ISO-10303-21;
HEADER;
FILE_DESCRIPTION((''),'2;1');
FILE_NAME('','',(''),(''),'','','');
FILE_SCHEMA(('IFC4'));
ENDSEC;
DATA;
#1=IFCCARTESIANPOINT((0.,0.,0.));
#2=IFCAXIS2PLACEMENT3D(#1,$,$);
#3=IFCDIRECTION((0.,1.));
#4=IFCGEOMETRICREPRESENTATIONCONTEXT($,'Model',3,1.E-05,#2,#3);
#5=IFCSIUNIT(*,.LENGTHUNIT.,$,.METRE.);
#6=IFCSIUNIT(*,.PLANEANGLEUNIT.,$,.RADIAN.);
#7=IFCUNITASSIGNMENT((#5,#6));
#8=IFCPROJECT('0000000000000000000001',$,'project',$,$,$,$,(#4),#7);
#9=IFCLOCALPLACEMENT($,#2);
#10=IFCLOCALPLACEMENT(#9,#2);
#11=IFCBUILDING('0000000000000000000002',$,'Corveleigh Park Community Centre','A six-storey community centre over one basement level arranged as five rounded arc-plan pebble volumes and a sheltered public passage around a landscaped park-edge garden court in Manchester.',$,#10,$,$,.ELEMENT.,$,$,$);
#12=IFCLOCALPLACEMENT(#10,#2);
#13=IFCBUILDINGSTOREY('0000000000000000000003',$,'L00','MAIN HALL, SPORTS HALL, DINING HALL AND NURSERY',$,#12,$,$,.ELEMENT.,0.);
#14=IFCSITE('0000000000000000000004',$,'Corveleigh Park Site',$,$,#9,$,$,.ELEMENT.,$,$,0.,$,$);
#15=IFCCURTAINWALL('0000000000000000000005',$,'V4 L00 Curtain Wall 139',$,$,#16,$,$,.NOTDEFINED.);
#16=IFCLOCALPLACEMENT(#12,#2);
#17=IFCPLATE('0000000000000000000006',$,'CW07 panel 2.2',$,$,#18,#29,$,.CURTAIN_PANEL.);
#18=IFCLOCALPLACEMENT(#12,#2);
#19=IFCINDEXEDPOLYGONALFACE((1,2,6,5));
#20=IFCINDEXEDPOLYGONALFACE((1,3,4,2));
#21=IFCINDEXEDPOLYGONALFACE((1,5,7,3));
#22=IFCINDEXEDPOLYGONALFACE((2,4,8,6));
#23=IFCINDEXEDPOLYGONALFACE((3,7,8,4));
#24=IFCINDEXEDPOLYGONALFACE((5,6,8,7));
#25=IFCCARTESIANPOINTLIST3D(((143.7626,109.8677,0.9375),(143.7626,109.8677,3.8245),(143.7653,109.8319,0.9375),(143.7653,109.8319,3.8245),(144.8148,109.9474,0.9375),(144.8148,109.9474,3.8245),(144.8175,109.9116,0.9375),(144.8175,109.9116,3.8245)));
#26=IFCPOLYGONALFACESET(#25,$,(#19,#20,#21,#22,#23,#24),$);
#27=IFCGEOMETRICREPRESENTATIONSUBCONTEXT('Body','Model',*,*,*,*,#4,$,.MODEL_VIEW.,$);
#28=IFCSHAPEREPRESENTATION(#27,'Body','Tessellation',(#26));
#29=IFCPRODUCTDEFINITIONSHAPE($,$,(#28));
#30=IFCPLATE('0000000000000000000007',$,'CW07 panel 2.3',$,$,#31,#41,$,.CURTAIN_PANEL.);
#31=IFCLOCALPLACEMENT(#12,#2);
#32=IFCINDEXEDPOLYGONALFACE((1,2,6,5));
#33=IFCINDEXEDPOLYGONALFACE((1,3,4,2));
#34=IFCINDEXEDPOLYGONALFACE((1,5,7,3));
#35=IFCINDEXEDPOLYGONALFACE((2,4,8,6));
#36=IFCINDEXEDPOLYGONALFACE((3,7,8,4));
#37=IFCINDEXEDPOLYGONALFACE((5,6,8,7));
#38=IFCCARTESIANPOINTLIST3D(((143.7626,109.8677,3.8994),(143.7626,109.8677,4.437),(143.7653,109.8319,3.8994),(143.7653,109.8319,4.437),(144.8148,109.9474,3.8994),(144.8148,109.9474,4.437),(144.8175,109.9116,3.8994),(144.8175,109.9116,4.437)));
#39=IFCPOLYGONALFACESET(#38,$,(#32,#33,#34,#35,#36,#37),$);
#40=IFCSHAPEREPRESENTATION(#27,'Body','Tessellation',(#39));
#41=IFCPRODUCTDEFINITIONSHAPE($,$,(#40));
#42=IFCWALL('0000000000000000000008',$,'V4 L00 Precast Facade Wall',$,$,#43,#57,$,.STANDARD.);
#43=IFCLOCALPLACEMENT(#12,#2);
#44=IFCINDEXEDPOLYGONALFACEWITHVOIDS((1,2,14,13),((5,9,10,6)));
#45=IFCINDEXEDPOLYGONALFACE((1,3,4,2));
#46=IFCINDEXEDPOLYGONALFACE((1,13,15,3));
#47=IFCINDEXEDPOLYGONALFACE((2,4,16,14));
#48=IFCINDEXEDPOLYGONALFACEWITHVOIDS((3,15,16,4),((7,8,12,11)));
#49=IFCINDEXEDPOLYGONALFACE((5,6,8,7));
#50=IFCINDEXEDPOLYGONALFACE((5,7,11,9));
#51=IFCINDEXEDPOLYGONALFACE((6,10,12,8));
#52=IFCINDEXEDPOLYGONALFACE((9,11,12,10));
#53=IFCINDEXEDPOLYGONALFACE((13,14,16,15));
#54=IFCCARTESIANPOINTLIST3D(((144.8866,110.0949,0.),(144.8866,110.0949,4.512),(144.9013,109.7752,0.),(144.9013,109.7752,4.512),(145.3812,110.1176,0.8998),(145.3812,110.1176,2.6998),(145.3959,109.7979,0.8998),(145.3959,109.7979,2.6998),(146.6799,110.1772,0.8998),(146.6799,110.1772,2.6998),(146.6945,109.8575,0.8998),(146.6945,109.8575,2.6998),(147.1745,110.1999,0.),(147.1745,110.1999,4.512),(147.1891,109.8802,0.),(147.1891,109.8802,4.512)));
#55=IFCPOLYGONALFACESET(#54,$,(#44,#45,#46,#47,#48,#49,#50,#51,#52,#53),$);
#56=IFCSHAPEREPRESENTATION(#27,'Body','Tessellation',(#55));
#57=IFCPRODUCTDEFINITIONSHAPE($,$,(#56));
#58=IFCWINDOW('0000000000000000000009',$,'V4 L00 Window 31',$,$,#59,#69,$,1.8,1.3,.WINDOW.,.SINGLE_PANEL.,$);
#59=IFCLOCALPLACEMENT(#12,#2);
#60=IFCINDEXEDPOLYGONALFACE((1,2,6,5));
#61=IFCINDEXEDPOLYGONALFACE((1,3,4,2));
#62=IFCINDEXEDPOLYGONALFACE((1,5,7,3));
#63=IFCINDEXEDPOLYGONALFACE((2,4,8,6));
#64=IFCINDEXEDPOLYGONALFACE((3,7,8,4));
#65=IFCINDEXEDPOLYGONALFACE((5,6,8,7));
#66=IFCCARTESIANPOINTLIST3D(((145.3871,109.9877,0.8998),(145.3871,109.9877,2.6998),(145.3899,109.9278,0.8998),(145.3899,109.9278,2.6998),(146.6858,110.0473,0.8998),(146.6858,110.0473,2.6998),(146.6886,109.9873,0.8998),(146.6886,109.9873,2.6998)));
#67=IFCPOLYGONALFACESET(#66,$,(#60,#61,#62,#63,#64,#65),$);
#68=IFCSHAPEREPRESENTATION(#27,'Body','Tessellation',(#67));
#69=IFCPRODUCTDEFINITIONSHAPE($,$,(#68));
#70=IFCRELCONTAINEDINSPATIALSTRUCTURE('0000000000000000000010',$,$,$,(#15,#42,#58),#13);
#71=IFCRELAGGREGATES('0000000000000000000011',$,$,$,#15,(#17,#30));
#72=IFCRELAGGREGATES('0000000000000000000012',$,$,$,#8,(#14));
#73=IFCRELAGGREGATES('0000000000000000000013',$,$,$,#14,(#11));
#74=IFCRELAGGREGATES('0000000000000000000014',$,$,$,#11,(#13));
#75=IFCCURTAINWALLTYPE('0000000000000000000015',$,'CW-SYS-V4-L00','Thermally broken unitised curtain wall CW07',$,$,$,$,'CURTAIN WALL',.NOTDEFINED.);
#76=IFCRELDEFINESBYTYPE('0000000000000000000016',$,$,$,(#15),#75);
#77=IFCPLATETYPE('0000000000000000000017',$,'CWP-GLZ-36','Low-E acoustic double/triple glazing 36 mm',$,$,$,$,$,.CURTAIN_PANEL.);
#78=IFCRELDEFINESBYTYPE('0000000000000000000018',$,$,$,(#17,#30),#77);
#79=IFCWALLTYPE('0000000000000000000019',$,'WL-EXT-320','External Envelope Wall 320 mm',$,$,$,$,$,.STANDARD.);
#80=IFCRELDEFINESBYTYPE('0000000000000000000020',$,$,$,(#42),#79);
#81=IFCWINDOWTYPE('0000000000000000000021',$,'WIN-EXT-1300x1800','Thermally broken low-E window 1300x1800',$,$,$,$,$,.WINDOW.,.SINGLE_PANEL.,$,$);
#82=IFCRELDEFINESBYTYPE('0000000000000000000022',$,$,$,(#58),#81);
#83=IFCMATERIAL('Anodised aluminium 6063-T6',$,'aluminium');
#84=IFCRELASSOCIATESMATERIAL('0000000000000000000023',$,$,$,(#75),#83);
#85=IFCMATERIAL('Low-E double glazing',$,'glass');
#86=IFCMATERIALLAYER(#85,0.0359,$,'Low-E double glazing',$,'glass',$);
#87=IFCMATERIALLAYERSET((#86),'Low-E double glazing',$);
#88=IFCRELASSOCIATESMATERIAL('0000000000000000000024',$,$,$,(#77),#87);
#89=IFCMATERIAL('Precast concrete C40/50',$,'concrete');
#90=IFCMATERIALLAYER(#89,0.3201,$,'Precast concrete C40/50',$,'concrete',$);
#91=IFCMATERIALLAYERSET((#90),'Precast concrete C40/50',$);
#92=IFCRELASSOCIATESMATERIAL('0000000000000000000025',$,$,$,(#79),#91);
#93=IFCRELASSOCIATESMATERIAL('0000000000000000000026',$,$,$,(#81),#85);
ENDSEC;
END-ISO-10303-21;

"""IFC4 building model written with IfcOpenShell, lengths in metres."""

from ifc_helpers import new_model, si_unit, direction, frame, frame_2d, origin, origin_2d, place, context, subcontext, project, spatial, rectangle, extrude, material, layer, layer_set, type_object, element, fill, aggregate, save


model = new_model("IFC4")

# Units and contexts
model_context = context("Model", 3, precision=1e-05, world=origin(), true_north=direction((0.0, 1.0)))
body_context = subcontext(model_context, "Body", "Model", "MODEL_VIEW")
ifc_project = project(units=[si_unit("LENGTHUNIT", "METRE"), si_unit("PLANEANGLEUNIT", "RADIAN")], contexts=[model_context])

# Site, building, storey
site_placement = place(None, origin())
site = spatial("IfcSite", under=ifc_project, at=site_placement, Name="Corveleigh Park Site", CompositionType="ELEMENT", RefElevation=0.0)
building_placement = place(site_placement, origin())
building = spatial("IfcBuilding", under=site, at=building_placement, Name="Corveleigh Park Community Centre", Description="A six-storey community centre over one basement level arranged as five rounded arc-plan pebble volumes and a sheltered public passage around a landscaped park-edge garden court in Manchester.", CompositionType="ELEMENT")
storey_placement = place(building_placement, origin())
storey = spatial("IfcBuildingStorey", under=building, at=storey_placement, Name="L00", Description="MAIN HALL, SPORTS HALL, DINING HALL AND NURSERY", CompositionType="ELEMENT", Elevation=0.0)

# Curtain wall
ifc_material_1 = material(Name="Anodised aluminium 6063-T6", Category="aluminium")
curtain_wall_type = type_object("IfcCurtainWallType", Name="CW-SYS-V4-L00", Description="Thermally broken unitised curtain wall CW07", ElementType="CURTAIN WALL", PredefinedType="NOTDEFINED", material=ifc_material_1)
curtain_wall_1_placement = place(storey_placement, origin())
curtain_wall_1 = element("IfcCurtainWall", 1, at=curtain_wall_1_placement, inside=storey, type_object=curtain_wall_type, Name="V4 L00 Curtain Wall 139", PredefinedType="NOTDEFINED")

# Plates
ifc_material_2 = material(Name="Low-E double glazing", Category="glass")
ifc_layer_1 = layer(ifc_material_2, 0.0359, Name="Low-E double glazing", Category="glass")
ifc_layer_set_1 = layer_set([ifc_layer_1], Name="Low-E double glazing")
plate_type_1 = type_object("IfcPlateType", Name="CWP-GLZ-36", Description="Low-E acoustic double/triple glazing 36 mm", PredefinedType="CURTAIN_PANEL", material=ifc_layer_set_1)
plate_1_placement = place(storey_placement, frame((144.29, 109.8896, 0.9375), z_axis=(0.0, 0.0, 1.0), x_axis=(0.997144, 0.075528, 0.0)))
plate_1 = element("IfcPlate", 2, at=plate_1_placement, type_object=plate_type_1, Name="CW07 panel 2.2", PredefinedType="CURTAIN_PANEL", context=body_context, shape_type="SweptSolid", body=[
    extrude(rectangle(XDim=1.0552, YDim=0.0359, at=origin_2d()), origin(), (0.0, 0.0, 1.0), 2.887),
])
plate_2_placement = place(storey_placement, frame((144.29, 109.8896, 3.8994), z_axis=(0.0, 0.0, 1.0), x_axis=(0.997144, 0.075528, 0.0)))
plate_2 = element("IfcPlate", 3, at=plate_2_placement, type_object=plate_type_1, Name="CW07 panel 2.3", PredefinedType="CURTAIN_PANEL", context=body_context, shape_type="SweptSolid", body=[
    extrude(rectangle(XDim=1.0552, YDim=0.0359, at=origin_2d()), origin(), (0.0, 0.0, 1.0), 0.5376),
])
aggregate(curtain_wall_1, [plate_1, plate_2])

# Wall, opening, window
ifc_material_3 = material(Name="Precast concrete C40/50", Category="concrete")
ifc_layer_2 = layer(ifc_material_3, 0.3201, Name="Precast concrete C40/50", Category="concrete")
ifc_layer_set_2 = layer_set([ifc_layer_2], Name="Precast concrete C40/50")
wall_type = type_object("IfcWallType", Name="WL-EXT-320", Description="External Envelope Wall 320 mm", PredefinedType="STANDARD", material=ifc_layer_set_2)
wall_placement = place(storey_placement, frame((144.894, 109.9351, 0.0), z_axis=(0.0, 0.0, 1.0), x_axis=(0.998949, 0.045838, 0.0)))
wall = element("IfcWall", 4, at=wall_placement, inside=storey, type_object=wall_type, Name="V4 L00 Precast Facade Wall", PredefinedType="STANDARD", context=body_context, shape_type="SweptSolid", body=[
    extrude(rectangle(XDim=2.2903, YDim=0.3201, at=frame_2d((1.145, 0.0))), origin(), (0.0, 0.0, 1.0), 4.512),
])
opening_placement = place(wall_placement, frame((0.4951, 0.0, 0.8999)))
opening = element("IfcOpeningElement", 5, at=opening_placement, cuts=wall, PredefinedType="OPENING", context=body_context, shape_type="SweptSolid", body=[
    extrude(rectangle(XDim=1.3, YDim=1.8, at=frame_2d((0.6499, 0.8999))), frame((0.0, 0.1699, 0.0), z_axis=(0.0, -1.0, 0.0), x_axis=(1.0, 0.0, 0.0)), (0.0, 0.0, 1.0), 0.3401),
])
window_type = type_object("IfcWindowType", Name="WIN-EXT-1300x1800", Description="Thermally broken low-E window 1300x1800", PartitioningType="SINGLE_PANEL", PredefinedType="WINDOW", material=ifc_material_2)
window_placement = place(opening_placement, origin())
window = element("IfcWindow", 6, at=window_placement, inside=storey, type_object=window_type, Name="V4 L00 Window 31", OverallHeight=1.8, OverallWidth=1.3, PartitioningType="SINGLE_PANEL", PredefinedType="WINDOW", context=body_context, shape_type="SweptSolid", body=[
    extrude(rectangle(XDim=1.3, YDim=1.8, at=frame_2d((0.6499, 0.8999))), frame((0.0, 0.03, 0.0), z_axis=(0.0, -1.0, 0.0), x_axis=(1.0, 0.0, 0.0)), (0.0, 0.0, 1.0), 0.0601),
])
fill(opening, window)

save(model, "model.ifc")
